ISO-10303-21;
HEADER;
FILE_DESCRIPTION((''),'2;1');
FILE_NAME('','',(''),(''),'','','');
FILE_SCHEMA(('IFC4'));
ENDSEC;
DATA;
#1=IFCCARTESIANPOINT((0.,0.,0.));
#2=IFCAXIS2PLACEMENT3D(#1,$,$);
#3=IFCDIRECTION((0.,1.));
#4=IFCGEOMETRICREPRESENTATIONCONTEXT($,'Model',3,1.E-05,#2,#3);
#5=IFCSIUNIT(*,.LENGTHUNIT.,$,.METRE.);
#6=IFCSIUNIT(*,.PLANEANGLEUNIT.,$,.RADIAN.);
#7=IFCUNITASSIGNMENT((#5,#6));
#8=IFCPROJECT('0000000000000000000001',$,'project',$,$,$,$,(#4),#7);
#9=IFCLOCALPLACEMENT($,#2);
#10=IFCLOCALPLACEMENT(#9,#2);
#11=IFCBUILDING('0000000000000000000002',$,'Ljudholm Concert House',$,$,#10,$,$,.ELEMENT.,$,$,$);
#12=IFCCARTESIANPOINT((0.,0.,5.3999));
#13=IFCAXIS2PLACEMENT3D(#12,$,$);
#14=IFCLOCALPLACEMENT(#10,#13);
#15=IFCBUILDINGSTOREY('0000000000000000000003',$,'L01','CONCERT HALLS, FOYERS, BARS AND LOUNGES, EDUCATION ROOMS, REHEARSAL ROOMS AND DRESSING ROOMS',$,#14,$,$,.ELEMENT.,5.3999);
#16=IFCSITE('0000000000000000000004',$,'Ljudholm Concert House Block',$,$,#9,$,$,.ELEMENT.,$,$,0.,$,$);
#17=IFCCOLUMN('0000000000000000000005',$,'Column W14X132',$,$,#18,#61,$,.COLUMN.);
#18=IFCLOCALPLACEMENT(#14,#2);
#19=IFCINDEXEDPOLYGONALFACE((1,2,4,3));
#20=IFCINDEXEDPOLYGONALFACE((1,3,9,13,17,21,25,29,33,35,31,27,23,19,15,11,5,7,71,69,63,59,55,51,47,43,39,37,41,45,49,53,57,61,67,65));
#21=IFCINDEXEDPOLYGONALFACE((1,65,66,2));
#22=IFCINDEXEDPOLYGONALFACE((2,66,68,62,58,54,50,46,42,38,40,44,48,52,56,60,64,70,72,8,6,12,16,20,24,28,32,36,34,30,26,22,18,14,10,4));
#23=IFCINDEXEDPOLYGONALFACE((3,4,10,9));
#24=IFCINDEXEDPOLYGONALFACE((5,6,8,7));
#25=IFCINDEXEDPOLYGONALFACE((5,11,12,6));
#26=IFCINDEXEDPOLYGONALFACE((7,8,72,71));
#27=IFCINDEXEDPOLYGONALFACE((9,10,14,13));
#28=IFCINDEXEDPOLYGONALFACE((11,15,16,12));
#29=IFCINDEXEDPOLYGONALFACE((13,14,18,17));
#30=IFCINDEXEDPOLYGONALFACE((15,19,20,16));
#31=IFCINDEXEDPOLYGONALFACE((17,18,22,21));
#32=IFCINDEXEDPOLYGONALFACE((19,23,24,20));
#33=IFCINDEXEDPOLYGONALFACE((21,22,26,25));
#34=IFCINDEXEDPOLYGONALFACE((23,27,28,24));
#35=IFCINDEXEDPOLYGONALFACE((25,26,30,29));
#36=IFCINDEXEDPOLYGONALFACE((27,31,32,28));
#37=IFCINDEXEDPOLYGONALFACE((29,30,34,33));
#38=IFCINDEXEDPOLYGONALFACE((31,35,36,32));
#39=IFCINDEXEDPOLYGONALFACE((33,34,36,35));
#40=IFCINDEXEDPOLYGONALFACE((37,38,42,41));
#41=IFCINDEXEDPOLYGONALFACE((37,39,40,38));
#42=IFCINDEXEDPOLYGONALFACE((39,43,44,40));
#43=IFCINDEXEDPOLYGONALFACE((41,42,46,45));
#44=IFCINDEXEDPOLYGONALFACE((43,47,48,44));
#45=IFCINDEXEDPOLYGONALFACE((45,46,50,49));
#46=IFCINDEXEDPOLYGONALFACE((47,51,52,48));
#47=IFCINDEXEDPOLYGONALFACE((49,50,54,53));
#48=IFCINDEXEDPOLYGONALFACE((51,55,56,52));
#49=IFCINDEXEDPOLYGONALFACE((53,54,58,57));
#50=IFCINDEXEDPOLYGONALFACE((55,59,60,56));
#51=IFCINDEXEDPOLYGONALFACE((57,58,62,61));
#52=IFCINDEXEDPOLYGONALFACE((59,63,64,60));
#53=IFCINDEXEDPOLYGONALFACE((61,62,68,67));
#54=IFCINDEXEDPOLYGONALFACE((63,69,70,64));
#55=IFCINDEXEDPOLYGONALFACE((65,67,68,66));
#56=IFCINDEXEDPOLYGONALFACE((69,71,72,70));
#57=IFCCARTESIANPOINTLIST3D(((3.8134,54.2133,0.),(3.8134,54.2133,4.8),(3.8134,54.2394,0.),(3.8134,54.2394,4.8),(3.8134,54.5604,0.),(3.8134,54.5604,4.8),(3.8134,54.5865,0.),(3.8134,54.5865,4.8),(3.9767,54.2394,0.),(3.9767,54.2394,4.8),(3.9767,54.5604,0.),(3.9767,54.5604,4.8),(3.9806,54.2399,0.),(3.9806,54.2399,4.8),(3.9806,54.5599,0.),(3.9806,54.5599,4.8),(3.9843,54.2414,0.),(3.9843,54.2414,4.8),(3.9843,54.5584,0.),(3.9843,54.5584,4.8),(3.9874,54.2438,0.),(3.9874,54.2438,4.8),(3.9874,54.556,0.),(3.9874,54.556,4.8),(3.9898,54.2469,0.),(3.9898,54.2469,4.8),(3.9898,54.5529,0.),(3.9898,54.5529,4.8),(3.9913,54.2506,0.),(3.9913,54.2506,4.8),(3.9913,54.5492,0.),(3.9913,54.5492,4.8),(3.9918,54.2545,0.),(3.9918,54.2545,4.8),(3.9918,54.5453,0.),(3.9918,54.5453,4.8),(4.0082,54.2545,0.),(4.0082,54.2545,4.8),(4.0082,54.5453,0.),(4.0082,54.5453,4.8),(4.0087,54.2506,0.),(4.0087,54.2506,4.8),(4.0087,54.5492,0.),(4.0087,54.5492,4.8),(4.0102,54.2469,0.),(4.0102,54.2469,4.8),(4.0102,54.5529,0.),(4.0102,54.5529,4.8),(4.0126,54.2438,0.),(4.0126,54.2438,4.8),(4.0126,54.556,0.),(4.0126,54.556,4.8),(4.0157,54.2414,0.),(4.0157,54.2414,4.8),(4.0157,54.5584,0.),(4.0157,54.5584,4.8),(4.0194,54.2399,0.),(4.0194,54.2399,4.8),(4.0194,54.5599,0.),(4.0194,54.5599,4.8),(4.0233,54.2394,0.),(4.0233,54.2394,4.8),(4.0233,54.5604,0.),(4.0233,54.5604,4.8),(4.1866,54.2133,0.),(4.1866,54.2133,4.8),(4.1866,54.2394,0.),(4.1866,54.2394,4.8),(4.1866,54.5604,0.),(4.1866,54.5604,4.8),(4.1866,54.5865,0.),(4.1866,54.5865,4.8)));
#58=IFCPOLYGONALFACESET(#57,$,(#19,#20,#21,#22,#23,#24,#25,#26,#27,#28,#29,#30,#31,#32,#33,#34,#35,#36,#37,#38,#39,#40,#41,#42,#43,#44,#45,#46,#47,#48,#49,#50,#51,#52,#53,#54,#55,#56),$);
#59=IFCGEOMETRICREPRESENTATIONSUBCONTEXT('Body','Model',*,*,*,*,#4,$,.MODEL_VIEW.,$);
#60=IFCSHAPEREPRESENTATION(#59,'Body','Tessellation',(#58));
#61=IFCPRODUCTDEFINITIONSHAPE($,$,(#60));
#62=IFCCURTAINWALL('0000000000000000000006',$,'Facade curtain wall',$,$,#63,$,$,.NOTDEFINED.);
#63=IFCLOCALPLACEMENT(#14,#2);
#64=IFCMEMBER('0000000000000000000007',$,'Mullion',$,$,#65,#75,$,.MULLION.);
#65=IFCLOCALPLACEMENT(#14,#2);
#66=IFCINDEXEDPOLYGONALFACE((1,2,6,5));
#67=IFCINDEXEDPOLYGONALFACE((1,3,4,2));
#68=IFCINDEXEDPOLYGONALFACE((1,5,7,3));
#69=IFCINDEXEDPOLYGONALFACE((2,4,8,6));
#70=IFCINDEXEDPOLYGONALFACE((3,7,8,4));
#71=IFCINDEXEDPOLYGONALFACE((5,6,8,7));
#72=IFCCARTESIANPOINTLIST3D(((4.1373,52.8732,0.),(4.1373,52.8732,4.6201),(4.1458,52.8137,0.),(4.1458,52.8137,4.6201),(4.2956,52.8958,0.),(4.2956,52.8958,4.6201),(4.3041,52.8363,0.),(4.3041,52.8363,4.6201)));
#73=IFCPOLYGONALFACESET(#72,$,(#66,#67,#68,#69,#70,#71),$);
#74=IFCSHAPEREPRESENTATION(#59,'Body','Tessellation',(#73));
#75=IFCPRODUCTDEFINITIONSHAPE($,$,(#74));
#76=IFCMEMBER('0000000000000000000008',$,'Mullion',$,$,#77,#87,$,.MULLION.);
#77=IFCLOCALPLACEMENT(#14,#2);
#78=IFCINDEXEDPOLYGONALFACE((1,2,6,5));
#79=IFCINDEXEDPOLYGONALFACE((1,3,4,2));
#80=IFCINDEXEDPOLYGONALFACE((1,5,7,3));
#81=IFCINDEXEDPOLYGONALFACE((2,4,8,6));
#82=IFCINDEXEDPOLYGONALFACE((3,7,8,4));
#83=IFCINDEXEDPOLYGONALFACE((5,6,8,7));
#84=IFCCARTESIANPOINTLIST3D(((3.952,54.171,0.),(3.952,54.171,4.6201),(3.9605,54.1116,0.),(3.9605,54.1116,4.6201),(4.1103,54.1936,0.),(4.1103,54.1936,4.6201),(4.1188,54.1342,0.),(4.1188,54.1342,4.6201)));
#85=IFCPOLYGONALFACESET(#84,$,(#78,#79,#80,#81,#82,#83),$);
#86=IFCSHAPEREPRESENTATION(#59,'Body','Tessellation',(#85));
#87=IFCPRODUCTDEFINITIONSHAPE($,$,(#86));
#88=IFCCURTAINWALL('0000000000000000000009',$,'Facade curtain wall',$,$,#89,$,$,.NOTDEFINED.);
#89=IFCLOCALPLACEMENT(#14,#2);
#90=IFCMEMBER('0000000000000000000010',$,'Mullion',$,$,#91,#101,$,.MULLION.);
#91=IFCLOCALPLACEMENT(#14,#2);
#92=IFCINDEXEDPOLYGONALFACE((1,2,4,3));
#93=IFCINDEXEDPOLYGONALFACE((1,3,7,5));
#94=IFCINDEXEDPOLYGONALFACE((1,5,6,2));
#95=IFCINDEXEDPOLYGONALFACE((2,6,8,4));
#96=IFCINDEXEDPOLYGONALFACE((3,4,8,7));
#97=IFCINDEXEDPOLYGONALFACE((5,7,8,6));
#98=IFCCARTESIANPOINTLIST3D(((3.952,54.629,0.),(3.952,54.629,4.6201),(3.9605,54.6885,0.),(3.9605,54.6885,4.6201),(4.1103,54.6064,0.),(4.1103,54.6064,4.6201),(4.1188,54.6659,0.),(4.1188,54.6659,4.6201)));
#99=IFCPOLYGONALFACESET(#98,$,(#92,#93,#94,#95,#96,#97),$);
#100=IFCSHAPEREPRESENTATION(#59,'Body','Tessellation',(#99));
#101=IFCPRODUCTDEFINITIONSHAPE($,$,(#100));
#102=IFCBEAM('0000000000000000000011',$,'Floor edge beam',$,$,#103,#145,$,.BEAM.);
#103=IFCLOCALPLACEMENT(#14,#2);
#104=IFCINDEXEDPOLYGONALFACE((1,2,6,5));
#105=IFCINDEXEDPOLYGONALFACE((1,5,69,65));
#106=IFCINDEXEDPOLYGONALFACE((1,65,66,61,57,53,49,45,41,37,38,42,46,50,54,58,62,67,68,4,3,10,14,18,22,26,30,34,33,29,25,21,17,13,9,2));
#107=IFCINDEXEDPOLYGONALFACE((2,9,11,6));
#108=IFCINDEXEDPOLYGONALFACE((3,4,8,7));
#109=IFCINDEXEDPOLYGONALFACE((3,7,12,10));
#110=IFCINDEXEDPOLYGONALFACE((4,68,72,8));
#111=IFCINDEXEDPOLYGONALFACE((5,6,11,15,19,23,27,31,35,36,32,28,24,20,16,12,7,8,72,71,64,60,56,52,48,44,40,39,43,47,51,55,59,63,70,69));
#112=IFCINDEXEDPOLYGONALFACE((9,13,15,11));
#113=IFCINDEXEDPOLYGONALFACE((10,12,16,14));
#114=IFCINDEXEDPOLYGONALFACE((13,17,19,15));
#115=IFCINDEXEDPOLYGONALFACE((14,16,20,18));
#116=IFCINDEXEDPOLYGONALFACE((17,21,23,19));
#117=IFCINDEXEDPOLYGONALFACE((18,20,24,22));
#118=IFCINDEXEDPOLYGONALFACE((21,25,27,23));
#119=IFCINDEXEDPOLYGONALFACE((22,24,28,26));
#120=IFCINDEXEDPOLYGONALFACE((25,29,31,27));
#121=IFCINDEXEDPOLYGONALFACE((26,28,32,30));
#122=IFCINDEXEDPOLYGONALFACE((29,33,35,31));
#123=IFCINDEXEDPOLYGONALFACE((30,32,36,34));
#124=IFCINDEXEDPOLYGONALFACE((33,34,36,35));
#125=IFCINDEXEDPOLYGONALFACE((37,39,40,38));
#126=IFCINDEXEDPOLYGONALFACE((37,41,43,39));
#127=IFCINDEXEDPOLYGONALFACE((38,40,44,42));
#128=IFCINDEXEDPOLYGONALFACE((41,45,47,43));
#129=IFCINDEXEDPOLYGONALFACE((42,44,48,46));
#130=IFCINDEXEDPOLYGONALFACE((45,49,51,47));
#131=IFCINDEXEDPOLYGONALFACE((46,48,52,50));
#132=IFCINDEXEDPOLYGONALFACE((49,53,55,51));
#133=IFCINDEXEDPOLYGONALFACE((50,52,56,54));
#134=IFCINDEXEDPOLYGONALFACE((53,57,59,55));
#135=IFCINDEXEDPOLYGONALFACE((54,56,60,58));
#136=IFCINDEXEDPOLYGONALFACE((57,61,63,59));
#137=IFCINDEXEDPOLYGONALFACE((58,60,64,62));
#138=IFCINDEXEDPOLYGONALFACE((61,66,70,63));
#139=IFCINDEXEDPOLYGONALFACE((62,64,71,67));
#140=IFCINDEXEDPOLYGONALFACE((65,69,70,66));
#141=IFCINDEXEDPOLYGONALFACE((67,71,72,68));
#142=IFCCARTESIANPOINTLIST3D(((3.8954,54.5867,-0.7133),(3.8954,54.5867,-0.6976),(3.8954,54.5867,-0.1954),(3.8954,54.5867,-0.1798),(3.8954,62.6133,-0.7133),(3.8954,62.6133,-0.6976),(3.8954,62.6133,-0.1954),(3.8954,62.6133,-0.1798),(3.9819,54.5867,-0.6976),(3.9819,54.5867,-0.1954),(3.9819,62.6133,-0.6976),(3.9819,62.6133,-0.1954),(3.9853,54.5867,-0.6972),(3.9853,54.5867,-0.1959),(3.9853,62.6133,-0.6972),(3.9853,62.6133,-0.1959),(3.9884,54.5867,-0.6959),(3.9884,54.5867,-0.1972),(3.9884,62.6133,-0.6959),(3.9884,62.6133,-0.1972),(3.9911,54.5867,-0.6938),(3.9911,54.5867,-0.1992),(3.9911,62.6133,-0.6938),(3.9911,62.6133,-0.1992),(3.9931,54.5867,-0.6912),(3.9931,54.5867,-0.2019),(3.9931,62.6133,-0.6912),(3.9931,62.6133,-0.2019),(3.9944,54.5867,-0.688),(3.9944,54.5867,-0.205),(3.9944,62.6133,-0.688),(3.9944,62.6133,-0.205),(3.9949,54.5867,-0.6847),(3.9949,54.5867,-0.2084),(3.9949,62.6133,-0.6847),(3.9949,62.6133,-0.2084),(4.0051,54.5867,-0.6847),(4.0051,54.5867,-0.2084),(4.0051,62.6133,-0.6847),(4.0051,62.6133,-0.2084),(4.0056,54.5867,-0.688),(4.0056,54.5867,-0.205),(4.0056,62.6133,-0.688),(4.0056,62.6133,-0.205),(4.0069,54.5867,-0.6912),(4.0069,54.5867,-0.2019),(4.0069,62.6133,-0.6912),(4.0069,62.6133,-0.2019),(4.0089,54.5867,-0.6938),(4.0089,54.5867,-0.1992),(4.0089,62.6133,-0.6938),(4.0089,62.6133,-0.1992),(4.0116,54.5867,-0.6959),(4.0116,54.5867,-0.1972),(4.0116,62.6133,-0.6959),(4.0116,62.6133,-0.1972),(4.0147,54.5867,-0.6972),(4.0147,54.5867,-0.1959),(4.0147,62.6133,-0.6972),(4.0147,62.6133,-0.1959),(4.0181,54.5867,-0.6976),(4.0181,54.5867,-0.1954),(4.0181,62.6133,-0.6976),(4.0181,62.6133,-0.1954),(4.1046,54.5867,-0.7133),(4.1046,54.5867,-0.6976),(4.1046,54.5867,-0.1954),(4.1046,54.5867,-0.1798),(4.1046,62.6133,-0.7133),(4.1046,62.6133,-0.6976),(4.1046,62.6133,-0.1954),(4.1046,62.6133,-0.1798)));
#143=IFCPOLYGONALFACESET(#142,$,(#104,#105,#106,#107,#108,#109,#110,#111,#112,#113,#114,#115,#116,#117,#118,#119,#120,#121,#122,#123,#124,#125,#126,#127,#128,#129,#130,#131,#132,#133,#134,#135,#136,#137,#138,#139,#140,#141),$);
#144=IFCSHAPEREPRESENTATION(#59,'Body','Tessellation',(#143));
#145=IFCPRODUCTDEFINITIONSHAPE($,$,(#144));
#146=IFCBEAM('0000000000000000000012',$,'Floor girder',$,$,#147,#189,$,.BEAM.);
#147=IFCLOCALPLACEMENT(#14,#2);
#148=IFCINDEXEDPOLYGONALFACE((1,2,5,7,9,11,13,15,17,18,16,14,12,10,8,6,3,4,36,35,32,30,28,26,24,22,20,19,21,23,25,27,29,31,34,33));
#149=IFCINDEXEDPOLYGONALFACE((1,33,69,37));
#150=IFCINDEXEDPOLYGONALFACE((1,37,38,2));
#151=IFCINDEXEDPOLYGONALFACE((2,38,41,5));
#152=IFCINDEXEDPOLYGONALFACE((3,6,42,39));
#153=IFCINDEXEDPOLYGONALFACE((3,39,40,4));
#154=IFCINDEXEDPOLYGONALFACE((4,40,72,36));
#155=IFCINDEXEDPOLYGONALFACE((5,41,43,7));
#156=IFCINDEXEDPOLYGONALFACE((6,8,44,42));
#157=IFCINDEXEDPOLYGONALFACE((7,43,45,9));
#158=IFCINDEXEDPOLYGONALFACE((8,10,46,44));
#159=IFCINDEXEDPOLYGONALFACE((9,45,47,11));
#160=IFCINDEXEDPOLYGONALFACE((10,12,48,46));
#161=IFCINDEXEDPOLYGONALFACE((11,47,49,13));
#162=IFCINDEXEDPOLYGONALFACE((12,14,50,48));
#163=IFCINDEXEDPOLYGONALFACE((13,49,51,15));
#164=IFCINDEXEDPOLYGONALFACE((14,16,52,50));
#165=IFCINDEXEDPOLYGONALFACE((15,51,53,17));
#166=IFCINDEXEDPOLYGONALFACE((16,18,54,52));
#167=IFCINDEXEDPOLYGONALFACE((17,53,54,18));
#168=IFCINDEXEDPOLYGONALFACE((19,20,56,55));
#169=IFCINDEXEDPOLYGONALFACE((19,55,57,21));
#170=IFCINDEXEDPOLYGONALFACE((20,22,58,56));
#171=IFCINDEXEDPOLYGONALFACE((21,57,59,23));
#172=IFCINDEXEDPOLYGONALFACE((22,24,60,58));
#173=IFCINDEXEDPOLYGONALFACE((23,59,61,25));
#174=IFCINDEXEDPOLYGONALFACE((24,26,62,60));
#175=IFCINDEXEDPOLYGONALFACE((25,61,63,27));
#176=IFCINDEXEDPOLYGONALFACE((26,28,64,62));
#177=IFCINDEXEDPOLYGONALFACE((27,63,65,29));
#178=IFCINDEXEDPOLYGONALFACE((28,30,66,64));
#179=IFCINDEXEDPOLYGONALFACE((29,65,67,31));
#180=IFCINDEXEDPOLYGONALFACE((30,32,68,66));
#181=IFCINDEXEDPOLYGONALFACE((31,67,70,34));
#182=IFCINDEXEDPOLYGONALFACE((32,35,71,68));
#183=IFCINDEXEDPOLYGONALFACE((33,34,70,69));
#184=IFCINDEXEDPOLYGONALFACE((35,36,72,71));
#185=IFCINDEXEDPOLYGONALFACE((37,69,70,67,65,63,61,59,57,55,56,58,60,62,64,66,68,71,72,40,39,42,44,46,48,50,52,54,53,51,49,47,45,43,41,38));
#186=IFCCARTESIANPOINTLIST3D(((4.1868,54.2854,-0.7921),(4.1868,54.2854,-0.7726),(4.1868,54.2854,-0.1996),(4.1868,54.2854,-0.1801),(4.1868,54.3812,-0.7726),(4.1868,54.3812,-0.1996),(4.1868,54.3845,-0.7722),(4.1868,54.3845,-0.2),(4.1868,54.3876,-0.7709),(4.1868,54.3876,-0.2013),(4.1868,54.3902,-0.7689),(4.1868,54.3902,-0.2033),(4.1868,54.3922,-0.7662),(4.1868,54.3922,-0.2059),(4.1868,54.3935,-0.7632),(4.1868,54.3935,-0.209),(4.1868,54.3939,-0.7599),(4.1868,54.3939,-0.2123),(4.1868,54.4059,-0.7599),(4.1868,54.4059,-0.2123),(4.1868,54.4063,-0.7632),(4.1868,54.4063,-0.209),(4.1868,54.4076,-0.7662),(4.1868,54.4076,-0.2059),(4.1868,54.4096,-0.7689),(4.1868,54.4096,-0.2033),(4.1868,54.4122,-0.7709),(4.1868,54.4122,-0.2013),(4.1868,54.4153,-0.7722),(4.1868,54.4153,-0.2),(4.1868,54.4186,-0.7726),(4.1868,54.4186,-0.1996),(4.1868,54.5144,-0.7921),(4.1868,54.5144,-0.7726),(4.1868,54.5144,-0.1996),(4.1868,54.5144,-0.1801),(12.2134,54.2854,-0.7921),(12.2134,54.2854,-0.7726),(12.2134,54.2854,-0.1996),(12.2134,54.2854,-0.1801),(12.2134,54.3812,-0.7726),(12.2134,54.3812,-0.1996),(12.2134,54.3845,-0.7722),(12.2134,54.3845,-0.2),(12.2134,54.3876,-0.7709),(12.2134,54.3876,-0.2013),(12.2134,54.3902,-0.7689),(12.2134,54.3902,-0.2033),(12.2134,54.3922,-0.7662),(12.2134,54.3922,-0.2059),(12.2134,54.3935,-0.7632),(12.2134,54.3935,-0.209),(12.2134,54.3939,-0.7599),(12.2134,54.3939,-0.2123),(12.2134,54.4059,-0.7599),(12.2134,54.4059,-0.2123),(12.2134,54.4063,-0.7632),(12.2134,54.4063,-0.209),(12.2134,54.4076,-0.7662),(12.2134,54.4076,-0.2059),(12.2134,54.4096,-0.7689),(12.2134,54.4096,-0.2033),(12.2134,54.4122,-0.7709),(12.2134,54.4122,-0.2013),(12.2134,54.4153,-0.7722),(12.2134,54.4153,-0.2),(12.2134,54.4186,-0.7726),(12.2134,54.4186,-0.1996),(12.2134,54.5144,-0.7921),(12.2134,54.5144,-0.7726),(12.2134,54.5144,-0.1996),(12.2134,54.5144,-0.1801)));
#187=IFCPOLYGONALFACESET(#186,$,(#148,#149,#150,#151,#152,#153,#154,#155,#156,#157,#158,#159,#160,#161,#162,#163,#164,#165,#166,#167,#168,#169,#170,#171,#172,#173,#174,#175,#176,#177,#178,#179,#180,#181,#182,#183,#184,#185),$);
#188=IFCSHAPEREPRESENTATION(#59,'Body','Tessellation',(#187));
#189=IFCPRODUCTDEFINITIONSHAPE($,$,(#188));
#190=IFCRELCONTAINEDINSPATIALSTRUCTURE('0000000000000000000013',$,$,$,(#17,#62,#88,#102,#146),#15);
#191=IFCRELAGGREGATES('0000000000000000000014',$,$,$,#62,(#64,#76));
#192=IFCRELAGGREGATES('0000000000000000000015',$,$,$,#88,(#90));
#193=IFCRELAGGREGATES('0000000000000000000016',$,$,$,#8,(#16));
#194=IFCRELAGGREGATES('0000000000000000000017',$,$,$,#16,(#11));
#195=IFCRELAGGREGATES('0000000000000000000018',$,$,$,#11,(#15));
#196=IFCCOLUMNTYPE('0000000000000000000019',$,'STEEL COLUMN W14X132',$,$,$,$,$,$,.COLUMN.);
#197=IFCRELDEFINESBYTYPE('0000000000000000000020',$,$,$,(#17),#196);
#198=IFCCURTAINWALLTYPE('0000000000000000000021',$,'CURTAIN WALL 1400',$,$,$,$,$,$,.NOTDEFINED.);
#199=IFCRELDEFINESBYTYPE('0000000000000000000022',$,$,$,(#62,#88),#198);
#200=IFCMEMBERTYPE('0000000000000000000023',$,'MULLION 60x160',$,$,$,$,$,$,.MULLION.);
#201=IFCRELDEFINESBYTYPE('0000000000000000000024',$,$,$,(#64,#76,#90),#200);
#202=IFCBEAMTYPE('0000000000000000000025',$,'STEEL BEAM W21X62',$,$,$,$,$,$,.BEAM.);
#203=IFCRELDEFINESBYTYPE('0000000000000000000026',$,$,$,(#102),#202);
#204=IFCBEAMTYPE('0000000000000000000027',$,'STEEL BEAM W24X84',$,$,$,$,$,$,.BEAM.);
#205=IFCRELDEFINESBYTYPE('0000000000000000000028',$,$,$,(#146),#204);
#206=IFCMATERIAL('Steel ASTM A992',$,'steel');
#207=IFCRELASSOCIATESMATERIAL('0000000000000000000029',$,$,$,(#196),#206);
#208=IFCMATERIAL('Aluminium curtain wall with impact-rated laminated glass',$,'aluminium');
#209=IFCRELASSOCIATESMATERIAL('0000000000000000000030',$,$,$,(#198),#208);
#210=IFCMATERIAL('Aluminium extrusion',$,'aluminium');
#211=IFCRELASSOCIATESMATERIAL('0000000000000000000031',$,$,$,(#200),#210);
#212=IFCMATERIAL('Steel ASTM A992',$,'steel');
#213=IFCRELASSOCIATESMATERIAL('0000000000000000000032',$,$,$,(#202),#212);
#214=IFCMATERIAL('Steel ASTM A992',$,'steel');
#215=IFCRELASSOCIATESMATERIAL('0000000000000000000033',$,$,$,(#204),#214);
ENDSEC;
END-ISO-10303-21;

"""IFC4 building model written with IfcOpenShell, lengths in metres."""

from ifc_helpers import new_model, si_unit, direction, frame, origin, origin_2d, place, context, subcontext, project, spatial, rectangle, i_section, extrude, material, material_profile, profile_set, type_object, element, aggregate, save


model = new_model("IFC4")

# Units and contexts
model_context = context("Model", 3, precision=1e-05, world=origin(), true_north=direction((0.0, 1.0)))
body_context = subcontext(model_context, "Body", "Model", "MODEL_VIEW")
ifc_project = project(units=[si_unit("LENGTHUNIT", "METRE"), si_unit("PLANEANGLEUNIT", "RADIAN")], contexts=[model_context])

# Site, building, storey
site_placement = place(None, origin())
site = spatial("IfcSite", under=ifc_project, at=site_placement, Name="Ljudholm Concert House Block", CompositionType="ELEMENT", RefElevation=0.0)
building_placement = place(site_placement, origin())
building = spatial("IfcBuilding", under=site, at=building_placement, Name="Ljudholm Concert House", CompositionType="ELEMENT")
storey_placement = place(building_placement, frame((0.0, 0.0, 5.3999)))
storey = spatial("IfcBuildingStorey", under=building, at=storey_placement, Name="L01", Description="CONCERT HALLS, FOYERS, BARS AND LOUNGES, EDUCATION ROOMS, REHEARSAL ROOMS AND DRESSING ROOMS", CompositionType="ELEMENT", Elevation=5.3999)

# Column
ifc_material_1 = material(Name="Steel ASTM A992", Category="steel")
ifc_material_profile_1 = material_profile(ifc_material_1, i_section(OverallWidth=0.3733, OverallDepth=0.3733, WebThickness=0.0164, FlangeThickness=0.0261, FilletRadius=0.0151, at=origin_2d()), Name="W14X132")
ifc_profile_set_1 = profile_set([ifc_material_profile_1], Name="Steel ASTM A992")
column_type = type_object("IfcColumnType", Name="STEEL COLUMN W14X132", PredefinedType="COLUMN", material=ifc_profile_set_1)
column_placement = place(storey_placement, frame((4.0, 54.3999, 0.0), z_axis=(0.0, 0.0, 1.0), x_axis=(1.0, 0.0, 0.0)))
element("IfcColumn", 1, at=column_placement, inside=storey, type_object=column_type, Name="Column W14X132", PredefinedType="COLUMN", context=body_context, shape_type="SweptSolid", body=[
    extrude(i_section(OverallWidth=0.3733, OverallDepth=0.3733, WebThickness=0.0164, FlangeThickness=0.0261, FilletRadius=0.0151, at=origin_2d()), origin(), (0.0, 0.0, 1.0), 4.8),
])

# Curtain wall, members
ifc_material_2 = material(Name="Aluminium curtain wall with impact-rated laminated glass", Category="aluminium")
curtain_wall_type = type_object("IfcCurtainWallType", Name="CURTAIN WALL 1400", PredefinedType="NOTDEFINED", material=ifc_material_2)
curtain_wall_1_placement = place(storey_placement, origin())
curtain_wall_1 = element("IfcCurtainWall", 2, at=curtain_wall_1_placement, inside=storey, type_object=curtain_wall_type, Name="Facade curtain wall", PredefinedType="NOTDEFINED")
ifc_material_3 = material(Name="Aluminium extrusion", Category="aluminium")
ifc_material_profile_2 = material_profile(ifc_material_3, rectangle(XDim=0.1599, YDim=0.0601, at=origin_2d()), Name="MULLION 60x160")
ifc_profile_set_2 = profile_set([ifc_material_profile_2], Name="Aluminium extrusion")
member_type_1 = type_object("IfcMemberType", Name="MULLION 60x160", PredefinedType="MULLION", material=ifc_profile_set_2)
member_1_placement = place(storey_placement, frame((4.2207, 52.8547, 0.0), z_axis=(0.0, 0.0, 1.0), x_axis=(-0.989949, -0.141421, 0.0)))
member_1 = element("IfcMember", 3, at=member_1_placement, type_object=member_type_1, Name="Mullion", PredefinedType="MULLION", context=body_context, shape_type="SweptSolid", body=[
    extrude(rectangle(XDim=0.1599, YDim=0.0601, at=origin_2d()), origin(), (0.0, 0.0, 1.0), 4.6201),
])
member_2_placement = place(storey_placement, frame((4.0354, 54.1526, 0.0), z_axis=(0.0, 0.0, 1.0), x_axis=(-0.989949, -0.141421, 0.0)))
member_2 = element("IfcMember", 4, at=member_2_placement, type_object=member_type_1, Name="Mullion", PredefinedType="MULLION", context=body_context, shape_type="SweptSolid", body=[
    extrude(rectangle(XDim=0.1599, YDim=0.0601, at=origin_2d()), origin(), (0.0, 0.0, 1.0), 4.6201),
])

# Curtain wall, member
curtain_wall_2_placement = place(storey_placement, origin())
curtain_wall_2 = element("IfcCurtainWall", 5, at=curtain_wall_2_placement, inside=storey, type_object=curtain_wall_type, Name="Facade curtain wall", PredefinedType="NOTDEFINED")
member_3_placement = place(storey_placement, frame((4.0354, 54.6475, 0.0), z_axis=(0.0, 0.0, 1.0), x_axis=(-0.989949, 0.141421, 0.0)))
member_3 = element("IfcMember", 6, at=member_3_placement, type_object=member_type_1, Name="Mullion", PredefinedType="MULLION", context=body_context, shape_type="SweptSolid", body=[
    extrude(rectangle(XDim=0.1599, YDim=0.0601, at=origin_2d()), origin(), (0.0, 0.0, 1.0), 4.6201),
])

# Beams
ifc_material_4 = material(Name="Steel ASTM A992", Category="steel")
ifc_material_profile_3 = material_profile(ifc_material_4, i_section(OverallWidth=0.2092, OverallDepth=0.5334, WebThickness=0.0103, FlangeThickness=0.0156, FilletRadius=0.0129, at=origin_2d()), Name="W21X62")
ifc_profile_set_3 = profile_set([ifc_material_profile_3], Name="Steel ASTM A992")
beam_type_1 = type_object("IfcBeamType", Name="STEEL BEAM W21X62", PredefinedType="BEAM", material=ifc_profile_set_3)
beam_1_placement = place(storey_placement, frame((4.0, 54.5867, -0.4465), z_axis=(0.0, 1.0, 0.0), x_axis=(-1.0, 0.0, 0.0)))
element("IfcBeam", 7, at=beam_1_placement, inside=storey, type_object=beam_type_1, Name="Floor edge beam", PredefinedType="BEAM", context=body_context, shape_type="SweptSolid", body=[
    extrude(i_section(OverallWidth=0.2092, OverallDepth=0.5334, WebThickness=0.0103, FlangeThickness=0.0156, FilletRadius=0.0129, at=origin_2d()), origin(), (0.0, 0.0, 1.0), 8.0266),
])
ifc_material_5 = material(Name="Steel ASTM A992", Category="steel")
ifc_material_profile_4 = material_profile(ifc_material_5, i_section(OverallWidth=0.229, OverallDepth=0.6121, WebThickness=0.012, FlangeThickness=0.0195, FilletRadius=0.0127, at=origin_2d()), Name="W24X84")
ifc_profile_set_4 = profile_set([ifc_material_profile_4], Name="Steel ASTM A992")
beam_type_2 = type_object("IfcBeamType", Name="STEEL BEAM W24X84", PredefinedType="BEAM", material=ifc_profile_set_4)
beam_2_placement = place(storey_placement, frame((4.1868, 54.3999, -0.4861), z_axis=(1.0, 0.0, 0.0), x_axis=(0.0, 1.0, 0.0)))
element("IfcBeam", 8, at=beam_2_placement, inside=storey, type_object=beam_type_2, Name="Floor girder", PredefinedType="BEAM", context=body_context, shape_type="SweptSolid", body=[
    extrude(i_section(OverallWidth=0.229, OverallDepth=0.6121, WebThickness=0.012, FlangeThickness=0.0195, FilletRadius=0.0127, at=origin_2d()), origin(), (0.0, 0.0, 1.0), 8.0266),
])

aggregate(curtain_wall_1, [member_1, member_2])
aggregate(curtain_wall_2, [member_3])

save(model, "model.ifc")
